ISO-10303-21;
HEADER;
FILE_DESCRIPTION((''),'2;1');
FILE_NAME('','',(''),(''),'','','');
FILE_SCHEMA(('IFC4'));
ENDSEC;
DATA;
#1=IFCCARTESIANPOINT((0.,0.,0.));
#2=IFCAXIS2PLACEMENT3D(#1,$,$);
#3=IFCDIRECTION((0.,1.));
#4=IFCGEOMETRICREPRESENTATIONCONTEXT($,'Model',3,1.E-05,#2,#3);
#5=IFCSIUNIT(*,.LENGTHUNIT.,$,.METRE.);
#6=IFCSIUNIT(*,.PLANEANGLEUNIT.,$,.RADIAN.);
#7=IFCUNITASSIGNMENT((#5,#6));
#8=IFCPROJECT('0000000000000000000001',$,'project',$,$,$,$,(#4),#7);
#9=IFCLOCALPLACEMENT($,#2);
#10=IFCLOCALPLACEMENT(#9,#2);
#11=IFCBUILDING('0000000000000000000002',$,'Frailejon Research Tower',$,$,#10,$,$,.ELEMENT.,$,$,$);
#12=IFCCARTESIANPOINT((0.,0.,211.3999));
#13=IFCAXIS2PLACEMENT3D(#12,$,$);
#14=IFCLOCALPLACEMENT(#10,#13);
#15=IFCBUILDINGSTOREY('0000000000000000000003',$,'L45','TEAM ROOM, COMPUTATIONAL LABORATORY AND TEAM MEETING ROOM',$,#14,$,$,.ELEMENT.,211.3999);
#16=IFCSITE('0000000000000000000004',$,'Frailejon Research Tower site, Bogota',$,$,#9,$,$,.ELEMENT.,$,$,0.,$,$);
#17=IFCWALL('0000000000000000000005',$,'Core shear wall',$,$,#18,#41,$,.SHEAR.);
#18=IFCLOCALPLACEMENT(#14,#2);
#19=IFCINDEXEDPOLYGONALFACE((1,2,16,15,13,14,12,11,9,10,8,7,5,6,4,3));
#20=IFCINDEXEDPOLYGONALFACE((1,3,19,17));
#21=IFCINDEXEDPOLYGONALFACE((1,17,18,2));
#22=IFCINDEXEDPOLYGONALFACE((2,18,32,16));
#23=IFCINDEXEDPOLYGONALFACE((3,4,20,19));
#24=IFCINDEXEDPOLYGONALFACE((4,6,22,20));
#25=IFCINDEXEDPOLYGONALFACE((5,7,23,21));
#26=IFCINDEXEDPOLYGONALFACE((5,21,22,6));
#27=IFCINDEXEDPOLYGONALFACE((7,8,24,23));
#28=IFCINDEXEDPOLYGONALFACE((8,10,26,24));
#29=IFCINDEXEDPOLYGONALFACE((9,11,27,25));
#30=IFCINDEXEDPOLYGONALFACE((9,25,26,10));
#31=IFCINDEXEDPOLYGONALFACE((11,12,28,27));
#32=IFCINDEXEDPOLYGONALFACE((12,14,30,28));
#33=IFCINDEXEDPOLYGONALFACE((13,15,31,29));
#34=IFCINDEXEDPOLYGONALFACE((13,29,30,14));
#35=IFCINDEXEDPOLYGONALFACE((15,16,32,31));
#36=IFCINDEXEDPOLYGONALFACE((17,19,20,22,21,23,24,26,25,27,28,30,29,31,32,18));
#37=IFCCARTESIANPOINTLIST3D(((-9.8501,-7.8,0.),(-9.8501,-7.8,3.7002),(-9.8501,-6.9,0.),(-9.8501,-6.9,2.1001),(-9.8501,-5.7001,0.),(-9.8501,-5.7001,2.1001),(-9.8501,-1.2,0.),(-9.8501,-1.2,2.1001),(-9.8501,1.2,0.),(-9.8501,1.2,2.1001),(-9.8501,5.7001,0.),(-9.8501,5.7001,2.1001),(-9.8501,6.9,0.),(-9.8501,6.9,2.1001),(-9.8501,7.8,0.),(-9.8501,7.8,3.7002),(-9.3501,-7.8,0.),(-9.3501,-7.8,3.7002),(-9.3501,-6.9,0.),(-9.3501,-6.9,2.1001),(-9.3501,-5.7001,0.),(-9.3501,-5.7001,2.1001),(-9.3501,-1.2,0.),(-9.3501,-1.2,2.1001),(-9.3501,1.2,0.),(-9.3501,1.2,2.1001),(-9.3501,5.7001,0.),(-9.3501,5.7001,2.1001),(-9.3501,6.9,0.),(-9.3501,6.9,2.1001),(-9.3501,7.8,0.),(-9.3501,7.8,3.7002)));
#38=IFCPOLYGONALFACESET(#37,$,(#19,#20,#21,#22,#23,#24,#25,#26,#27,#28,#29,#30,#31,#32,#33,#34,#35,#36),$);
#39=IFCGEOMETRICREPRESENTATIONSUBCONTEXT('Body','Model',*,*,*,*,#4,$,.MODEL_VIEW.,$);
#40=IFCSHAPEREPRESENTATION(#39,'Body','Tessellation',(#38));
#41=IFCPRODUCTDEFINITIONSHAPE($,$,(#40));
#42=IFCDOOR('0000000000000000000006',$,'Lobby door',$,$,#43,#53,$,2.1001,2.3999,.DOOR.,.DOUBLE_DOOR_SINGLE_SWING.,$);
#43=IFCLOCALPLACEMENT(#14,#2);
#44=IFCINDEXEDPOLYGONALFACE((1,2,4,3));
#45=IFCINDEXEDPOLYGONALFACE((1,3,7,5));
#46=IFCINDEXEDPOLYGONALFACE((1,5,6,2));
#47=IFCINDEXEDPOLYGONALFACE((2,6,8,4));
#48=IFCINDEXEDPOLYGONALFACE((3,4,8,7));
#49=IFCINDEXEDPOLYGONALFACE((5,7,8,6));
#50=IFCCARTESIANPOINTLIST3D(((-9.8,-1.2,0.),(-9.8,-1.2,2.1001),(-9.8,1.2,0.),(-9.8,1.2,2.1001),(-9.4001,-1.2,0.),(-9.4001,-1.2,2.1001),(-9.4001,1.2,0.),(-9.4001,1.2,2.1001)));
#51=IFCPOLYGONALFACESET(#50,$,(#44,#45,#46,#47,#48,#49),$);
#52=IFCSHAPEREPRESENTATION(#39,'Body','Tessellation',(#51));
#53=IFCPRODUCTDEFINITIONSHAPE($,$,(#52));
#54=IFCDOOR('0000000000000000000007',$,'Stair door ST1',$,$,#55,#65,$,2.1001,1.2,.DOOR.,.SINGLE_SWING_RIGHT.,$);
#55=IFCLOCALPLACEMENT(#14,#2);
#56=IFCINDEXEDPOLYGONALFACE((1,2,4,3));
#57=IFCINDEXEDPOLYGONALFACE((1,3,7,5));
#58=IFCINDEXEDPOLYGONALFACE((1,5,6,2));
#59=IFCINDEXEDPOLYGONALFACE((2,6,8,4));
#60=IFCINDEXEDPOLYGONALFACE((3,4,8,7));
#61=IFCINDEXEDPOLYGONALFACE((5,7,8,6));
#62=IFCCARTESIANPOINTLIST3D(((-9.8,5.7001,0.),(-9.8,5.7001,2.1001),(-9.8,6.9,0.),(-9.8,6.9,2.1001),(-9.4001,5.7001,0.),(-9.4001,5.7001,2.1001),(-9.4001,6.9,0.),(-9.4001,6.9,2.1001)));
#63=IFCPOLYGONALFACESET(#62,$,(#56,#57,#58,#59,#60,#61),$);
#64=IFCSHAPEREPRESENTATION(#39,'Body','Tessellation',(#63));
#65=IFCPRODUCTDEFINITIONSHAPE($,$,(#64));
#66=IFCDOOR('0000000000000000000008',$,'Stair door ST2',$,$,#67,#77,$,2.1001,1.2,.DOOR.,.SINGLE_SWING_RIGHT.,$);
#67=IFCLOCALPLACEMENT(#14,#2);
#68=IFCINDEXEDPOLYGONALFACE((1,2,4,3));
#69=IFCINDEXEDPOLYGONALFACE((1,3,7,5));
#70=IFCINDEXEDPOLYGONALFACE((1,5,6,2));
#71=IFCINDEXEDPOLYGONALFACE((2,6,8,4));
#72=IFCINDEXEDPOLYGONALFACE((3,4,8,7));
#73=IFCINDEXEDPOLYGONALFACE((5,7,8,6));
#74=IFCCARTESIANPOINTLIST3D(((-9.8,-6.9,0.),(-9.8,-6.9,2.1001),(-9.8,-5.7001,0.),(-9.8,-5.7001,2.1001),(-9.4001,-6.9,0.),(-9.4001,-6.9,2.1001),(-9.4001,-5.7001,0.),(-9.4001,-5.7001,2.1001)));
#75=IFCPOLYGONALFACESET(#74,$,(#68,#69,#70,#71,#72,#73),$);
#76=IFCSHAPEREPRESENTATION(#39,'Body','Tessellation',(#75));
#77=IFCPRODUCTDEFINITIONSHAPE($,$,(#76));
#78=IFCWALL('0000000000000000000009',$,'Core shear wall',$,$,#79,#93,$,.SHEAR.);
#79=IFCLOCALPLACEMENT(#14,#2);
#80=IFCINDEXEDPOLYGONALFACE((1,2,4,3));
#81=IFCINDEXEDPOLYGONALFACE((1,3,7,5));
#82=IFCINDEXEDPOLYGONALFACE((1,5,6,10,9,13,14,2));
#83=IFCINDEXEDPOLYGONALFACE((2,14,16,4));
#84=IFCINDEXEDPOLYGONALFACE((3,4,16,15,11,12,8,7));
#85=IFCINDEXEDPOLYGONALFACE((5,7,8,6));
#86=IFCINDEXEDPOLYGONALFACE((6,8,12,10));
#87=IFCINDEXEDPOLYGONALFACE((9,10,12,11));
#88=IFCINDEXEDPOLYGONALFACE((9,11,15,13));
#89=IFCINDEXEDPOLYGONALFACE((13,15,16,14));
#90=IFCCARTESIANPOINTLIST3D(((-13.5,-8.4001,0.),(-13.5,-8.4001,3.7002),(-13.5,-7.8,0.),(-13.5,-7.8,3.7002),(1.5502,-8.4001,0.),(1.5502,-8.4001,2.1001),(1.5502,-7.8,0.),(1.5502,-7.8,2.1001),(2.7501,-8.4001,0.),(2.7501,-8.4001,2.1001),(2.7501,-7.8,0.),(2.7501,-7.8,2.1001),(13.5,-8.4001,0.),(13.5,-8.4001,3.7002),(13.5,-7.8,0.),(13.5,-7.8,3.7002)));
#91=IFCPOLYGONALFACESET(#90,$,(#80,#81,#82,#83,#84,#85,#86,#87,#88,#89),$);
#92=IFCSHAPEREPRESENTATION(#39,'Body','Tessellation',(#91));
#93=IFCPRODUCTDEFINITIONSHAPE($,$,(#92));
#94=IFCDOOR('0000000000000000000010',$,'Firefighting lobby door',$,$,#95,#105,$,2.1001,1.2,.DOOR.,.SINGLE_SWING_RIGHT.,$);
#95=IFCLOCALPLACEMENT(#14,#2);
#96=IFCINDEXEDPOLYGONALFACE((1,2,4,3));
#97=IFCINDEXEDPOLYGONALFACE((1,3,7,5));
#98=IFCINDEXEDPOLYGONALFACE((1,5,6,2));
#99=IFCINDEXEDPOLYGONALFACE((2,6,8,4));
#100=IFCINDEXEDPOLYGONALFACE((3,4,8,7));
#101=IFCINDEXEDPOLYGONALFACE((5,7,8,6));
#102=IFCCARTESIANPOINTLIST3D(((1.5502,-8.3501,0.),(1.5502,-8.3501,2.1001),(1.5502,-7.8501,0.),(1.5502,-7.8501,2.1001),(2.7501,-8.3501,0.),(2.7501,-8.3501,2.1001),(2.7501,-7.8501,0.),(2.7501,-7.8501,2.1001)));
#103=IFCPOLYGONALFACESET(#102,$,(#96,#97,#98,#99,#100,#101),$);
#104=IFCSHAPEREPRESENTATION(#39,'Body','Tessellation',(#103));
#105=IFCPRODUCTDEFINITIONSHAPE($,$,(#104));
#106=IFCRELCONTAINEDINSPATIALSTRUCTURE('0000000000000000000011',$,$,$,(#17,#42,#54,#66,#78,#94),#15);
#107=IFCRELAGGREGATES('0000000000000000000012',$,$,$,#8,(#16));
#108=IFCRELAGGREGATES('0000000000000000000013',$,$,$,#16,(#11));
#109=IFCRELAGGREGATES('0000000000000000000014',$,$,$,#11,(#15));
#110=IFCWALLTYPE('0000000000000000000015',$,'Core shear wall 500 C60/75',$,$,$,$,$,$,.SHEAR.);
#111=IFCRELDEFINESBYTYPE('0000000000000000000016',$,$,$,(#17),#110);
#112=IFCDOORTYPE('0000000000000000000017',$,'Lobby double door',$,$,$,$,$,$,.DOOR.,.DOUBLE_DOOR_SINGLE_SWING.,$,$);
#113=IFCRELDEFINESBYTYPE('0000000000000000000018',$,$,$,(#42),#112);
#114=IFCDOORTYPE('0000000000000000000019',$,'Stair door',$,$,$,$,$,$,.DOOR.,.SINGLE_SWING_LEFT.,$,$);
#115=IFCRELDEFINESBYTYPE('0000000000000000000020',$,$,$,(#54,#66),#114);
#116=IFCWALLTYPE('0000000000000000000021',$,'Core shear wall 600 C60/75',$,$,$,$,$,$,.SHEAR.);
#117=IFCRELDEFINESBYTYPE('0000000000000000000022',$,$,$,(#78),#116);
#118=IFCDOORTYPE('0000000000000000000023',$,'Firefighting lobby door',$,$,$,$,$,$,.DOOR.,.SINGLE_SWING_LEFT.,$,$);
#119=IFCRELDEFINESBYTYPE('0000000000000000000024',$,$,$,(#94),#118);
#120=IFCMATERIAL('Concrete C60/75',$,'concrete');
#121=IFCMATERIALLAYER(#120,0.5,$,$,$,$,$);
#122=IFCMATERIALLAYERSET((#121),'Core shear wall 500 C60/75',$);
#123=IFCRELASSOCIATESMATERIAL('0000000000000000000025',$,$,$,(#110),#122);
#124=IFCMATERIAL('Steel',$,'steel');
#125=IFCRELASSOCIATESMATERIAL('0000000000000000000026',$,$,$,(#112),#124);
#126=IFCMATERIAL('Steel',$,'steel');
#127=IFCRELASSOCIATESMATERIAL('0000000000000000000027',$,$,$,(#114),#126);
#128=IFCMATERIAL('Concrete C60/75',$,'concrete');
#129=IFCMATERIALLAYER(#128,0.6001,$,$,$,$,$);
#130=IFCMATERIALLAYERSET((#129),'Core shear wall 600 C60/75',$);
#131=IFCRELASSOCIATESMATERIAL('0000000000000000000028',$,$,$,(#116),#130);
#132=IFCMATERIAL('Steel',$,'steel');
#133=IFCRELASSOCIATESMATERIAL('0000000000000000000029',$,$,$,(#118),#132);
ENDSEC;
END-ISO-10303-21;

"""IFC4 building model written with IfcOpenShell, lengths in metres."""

from ifc_helpers import new_model, si_unit, direction, frame, frame_2d, origin, place, context, subcontext, project, spatial, rectangle, extrude, material, layer, layer_set, type_object, element, fill, save


model = new_model("IFC4")

# Units and contexts
model_context = context("Model", 3, precision=1e-05, world=origin(), true_north=direction((0.0, 1.0)))
body_context = subcontext(model_context, "Body", "Model", "MODEL_VIEW")
ifc_project = project(units=[si_unit("LENGTHUNIT", "METRE"), si_unit("PLANEANGLEUNIT", "RADIAN")], contexts=[model_context])

# Site, building, storey
site_placement = place(None, origin())
site = spatial("IfcSite", under=ifc_project, at=site_placement, Name="Frailejon Research Tower site, Bogota", CompositionType="ELEMENT", RefElevation=0.0)
building_placement = place(site_placement, origin())
building = spatial("IfcBuilding", under=site, at=building_placement, Name="Frailejon Research Tower", CompositionType="ELEMENT")
storey_placement = place(building_placement, frame((0.0, 0.0, 211.3999)))
storey = spatial("IfcBuildingStorey", under=building, at=storey_placement, Name="L45", Description="TEAM ROOM, COMPUTATIONAL LABORATORY AND TEAM MEETING ROOM", CompositionType="ELEMENT", Elevation=211.3999)

# Wall, openings, doors
ifc_material_1 = material(Name="Concrete C60/75", Category="concrete")
ifc_layer_1 = layer(ifc_material_1, 0.5)
ifc_layer_set_1 = layer_set([ifc_layer_1], Name="Core shear wall 500 C60/75")
wall_type_1 = type_object("IfcWallType", Name="Core shear wall 500 C60/75", PredefinedType="SHEAR", material=ifc_layer_set_1)
wall_1_placement = place(storey_placement, frame((-9.6001, -7.8, 0.0), z_axis=(0.0, 0.0, 1.0), x_axis=(0.0, 1.0, 0.0)))
wall_1 = element("IfcWall", 1, at=wall_1_placement, inside=storey, type_object=wall_type_1, Name="Core shear wall", PredefinedType="SHEAR", context=body_context, shape_type="SweptSolid", body=[
    extrude(rectangle(XDim=15.6001, YDim=0.5, at=frame_2d((7.8, 0.0))), origin(), (0.0, 0.0, 1.0), 3.7002),
])
opening_1_placement = place(wall_1_placement, frame((6.6001, 0.0, 0.0)))
opening_1 = element("IfcOpeningElement", 2, at=opening_1_placement, cuts=wall_1, PredefinedType="OPENING", context=body_context, shape_type="SweptSolid", body=[
    extrude(rectangle(XDim=2.3999, YDim=2.1001, at=frame_2d((1.2, 1.05))), frame((0.0, 0.26, 0.0), z_axis=(0.0, -1.0, 0.0), x_axis=(1.0, 0.0, 0.0)), (0.0, 0.0, 1.0), 0.52),
])
opening_2_placement = place(wall_1_placement, frame((13.5, 0.0, 0.0)))
opening_2 = element("IfcOpeningElement", 3, at=opening_2_placement, cuts=wall_1, PredefinedType="OPENING", context=body_context, shape_type="SweptSolid", body=[
    extrude(rectangle(XDim=1.2, YDim=2.1001, at=frame_2d((0.6001, 1.05))), frame((0.0, 0.26, 0.0), z_axis=(0.0, -1.0, 0.0), x_axis=(1.0, 0.0, 0.0)), (0.0, 0.0, 1.0), 0.52),
])
opening_3_placement = place(wall_1_placement, frame((0.8999, 0.0, 0.0)))
opening_3 = element("IfcOpeningElement", 4, at=opening_3_placement, cuts=wall_1, PredefinedType="OPENING", context=body_context, shape_type="SweptSolid", body=[
    extrude(rectangle(XDim=1.2, YDim=2.1001, at=frame_2d((0.6001, 1.05))), frame((0.0, 0.26, 0.0), z_axis=(0.0, -1.0, 0.0), x_axis=(1.0, 0.0, 0.0)), (0.0, 0.0, 1.0), 0.52),
])
ifc_material_2 = material(Name="Steel", Category="steel")
door_type_1 = type_object("IfcDoorType", Name="Lobby double door", OperationType="DOUBLE_DOOR_SINGLE_SWING", PredefinedType="DOOR", material=ifc_material_2)
door_1_placement = place(opening_1_placement, origin())
door_1 = element("IfcDoor", 5, at=door_1_placement, inside=storey, type_object=door_type_1, Name="Lobby door", OperationType="DOUBLE_DOOR_SINGLE_SWING", OverallHeight=2.1001, OverallWidth=2.3999, PredefinedType="DOOR", context=body_context, shape_type="SweptSolid", body=[
    extrude(rectangle(XDim=2.3999, YDim=2.1001, at=frame_2d((1.2, 1.05))), frame((0.0, 0.2, 0.0), z_axis=(0.0, -1.0, 0.0), x_axis=(1.0, 0.0, 0.0)), (0.0, 0.0, 1.0), 0.3999),
])
fill(opening_1, door_1)
ifc_material_3 = material(Name="Steel", Category="steel")
door_type_2 = type_object("IfcDoorType", Name="Stair door", OperationType="SINGLE_SWING_LEFT", PredefinedType="DOOR", material=ifc_material_3)
door_2_placement = place(opening_2_placement, origin())
door_2 = element("IfcDoor", 6, at=door_2_placement, inside=storey, type_object=door_type_2, Name="Stair door ST1", OperationType="SINGLE_SWING_RIGHT", OverallHeight=2.1001, OverallWidth=1.2, PredefinedType="DOOR", context=body_context, shape_type="SweptSolid", body=[
    extrude(rectangle(XDim=1.2, YDim=2.1001, at=frame_2d((0.6001, 1.05))), frame((0.0, 0.2, 0.0), z_axis=(0.0, -1.0, 0.0), x_axis=(1.0, 0.0, 0.0)), (0.0, 0.0, 1.0), 0.3999),
])
fill(opening_2, door_2)
door_3_placement = place(opening_3_placement, origin())
door_3 = element("IfcDoor", 7, at=door_3_placement, inside=storey, type_object=door_type_2, Name="Stair door ST2", OperationType="SINGLE_SWING_RIGHT", OverallHeight=2.1001, OverallWidth=1.2, PredefinedType="DOOR", context=body_context, shape_type="SweptSolid", body=[
    extrude(rectangle(XDim=1.2, YDim=2.1001, at=frame_2d((0.6001, 1.05))), frame((0.0, 0.2, 0.0), z_axis=(0.0, -1.0, 0.0), x_axis=(1.0, 0.0, 0.0)), (0.0, 0.0, 1.0), 0.3999),
])
fill(opening_3, door_3)

# Wall, opening, door
ifc_material_4 = material(Name="Concrete C60/75", Category="concrete")
ifc_layer_2 = layer(ifc_material_4, 0.6001)
ifc_layer_set_2 = layer_set([ifc_layer_2], Name="Core shear wall 600 C60/75")
wall_type_2 = type_object("IfcWallType", Name="Core shear wall 600 C60/75", PredefinedType="SHEAR", material=ifc_layer_set_2)
wall_2_placement = place(storey_placement, frame((-13.5, -8.1001, 0.0), z_axis=(0.0, 0.0, 1.0), x_axis=(1.0, 0.0, 0.0)))
wall_2 = element("IfcWall", 8, at=wall_2_placement, inside=storey, type_object=wall_type_2, Name="Core shear wall", PredefinedType="SHEAR", context=body_context, shape_type="SweptSolid", body=[
    extrude(rectangle(XDim=27.0, YDim=0.6001, at=frame_2d((13.5, 0.0))), origin(), (0.0, 0.0, 1.0), 3.7002),
])
opening_4_placement = place(wall_2_placement, frame((15.05, 0.0, 0.0)))
opening_4 = element("IfcOpeningElement", 9, at=opening_4_placement, cuts=wall_2, PredefinedType="OPENING", context=body_context, shape_type="SweptSolid", body=[
    extrude(rectangle(XDim=1.2, YDim=2.1001, at=frame_2d((0.6001, 1.05))), frame((0.0, 0.3101, 0.0), z_axis=(0.0, -1.0, 0.0), x_axis=(1.0, 0.0, 0.0)), (0.0, 0.0, 1.0), 0.6201),
])
ifc_material_5 = material(Name="Steel", Category="steel")
door_type_3 = type_object("IfcDoorType", Name="Firefighting lobby door", OperationType="SINGLE_SWING_LEFT", PredefinedType="DOOR", material=ifc_material_5)
door_4_placement = place(opening_4_placement, origin())
door_4 = element("IfcDoor", 10, at=door_4_placement, inside=storey, type_object=door_type_3, Name="Firefighting lobby door", OperationType="SINGLE_SWING_RIGHT", OverallHeight=2.1001, OverallWidth=1.2, PredefinedType="DOOR", context=body_context, shape_type="SweptSolid", body=[
    extrude(rectangle(XDim=1.2, YDim=2.1001, at=frame_2d((0.6001, 1.05))), frame((0.0, 0.25, 0.0), z_axis=(0.0, -1.0, 0.0), x_axis=(1.0, 0.0, 0.0)), (0.0, 0.0, 1.0), 0.5),
])
fill(opening_4, door_4)

save(model, "model.ifc")
